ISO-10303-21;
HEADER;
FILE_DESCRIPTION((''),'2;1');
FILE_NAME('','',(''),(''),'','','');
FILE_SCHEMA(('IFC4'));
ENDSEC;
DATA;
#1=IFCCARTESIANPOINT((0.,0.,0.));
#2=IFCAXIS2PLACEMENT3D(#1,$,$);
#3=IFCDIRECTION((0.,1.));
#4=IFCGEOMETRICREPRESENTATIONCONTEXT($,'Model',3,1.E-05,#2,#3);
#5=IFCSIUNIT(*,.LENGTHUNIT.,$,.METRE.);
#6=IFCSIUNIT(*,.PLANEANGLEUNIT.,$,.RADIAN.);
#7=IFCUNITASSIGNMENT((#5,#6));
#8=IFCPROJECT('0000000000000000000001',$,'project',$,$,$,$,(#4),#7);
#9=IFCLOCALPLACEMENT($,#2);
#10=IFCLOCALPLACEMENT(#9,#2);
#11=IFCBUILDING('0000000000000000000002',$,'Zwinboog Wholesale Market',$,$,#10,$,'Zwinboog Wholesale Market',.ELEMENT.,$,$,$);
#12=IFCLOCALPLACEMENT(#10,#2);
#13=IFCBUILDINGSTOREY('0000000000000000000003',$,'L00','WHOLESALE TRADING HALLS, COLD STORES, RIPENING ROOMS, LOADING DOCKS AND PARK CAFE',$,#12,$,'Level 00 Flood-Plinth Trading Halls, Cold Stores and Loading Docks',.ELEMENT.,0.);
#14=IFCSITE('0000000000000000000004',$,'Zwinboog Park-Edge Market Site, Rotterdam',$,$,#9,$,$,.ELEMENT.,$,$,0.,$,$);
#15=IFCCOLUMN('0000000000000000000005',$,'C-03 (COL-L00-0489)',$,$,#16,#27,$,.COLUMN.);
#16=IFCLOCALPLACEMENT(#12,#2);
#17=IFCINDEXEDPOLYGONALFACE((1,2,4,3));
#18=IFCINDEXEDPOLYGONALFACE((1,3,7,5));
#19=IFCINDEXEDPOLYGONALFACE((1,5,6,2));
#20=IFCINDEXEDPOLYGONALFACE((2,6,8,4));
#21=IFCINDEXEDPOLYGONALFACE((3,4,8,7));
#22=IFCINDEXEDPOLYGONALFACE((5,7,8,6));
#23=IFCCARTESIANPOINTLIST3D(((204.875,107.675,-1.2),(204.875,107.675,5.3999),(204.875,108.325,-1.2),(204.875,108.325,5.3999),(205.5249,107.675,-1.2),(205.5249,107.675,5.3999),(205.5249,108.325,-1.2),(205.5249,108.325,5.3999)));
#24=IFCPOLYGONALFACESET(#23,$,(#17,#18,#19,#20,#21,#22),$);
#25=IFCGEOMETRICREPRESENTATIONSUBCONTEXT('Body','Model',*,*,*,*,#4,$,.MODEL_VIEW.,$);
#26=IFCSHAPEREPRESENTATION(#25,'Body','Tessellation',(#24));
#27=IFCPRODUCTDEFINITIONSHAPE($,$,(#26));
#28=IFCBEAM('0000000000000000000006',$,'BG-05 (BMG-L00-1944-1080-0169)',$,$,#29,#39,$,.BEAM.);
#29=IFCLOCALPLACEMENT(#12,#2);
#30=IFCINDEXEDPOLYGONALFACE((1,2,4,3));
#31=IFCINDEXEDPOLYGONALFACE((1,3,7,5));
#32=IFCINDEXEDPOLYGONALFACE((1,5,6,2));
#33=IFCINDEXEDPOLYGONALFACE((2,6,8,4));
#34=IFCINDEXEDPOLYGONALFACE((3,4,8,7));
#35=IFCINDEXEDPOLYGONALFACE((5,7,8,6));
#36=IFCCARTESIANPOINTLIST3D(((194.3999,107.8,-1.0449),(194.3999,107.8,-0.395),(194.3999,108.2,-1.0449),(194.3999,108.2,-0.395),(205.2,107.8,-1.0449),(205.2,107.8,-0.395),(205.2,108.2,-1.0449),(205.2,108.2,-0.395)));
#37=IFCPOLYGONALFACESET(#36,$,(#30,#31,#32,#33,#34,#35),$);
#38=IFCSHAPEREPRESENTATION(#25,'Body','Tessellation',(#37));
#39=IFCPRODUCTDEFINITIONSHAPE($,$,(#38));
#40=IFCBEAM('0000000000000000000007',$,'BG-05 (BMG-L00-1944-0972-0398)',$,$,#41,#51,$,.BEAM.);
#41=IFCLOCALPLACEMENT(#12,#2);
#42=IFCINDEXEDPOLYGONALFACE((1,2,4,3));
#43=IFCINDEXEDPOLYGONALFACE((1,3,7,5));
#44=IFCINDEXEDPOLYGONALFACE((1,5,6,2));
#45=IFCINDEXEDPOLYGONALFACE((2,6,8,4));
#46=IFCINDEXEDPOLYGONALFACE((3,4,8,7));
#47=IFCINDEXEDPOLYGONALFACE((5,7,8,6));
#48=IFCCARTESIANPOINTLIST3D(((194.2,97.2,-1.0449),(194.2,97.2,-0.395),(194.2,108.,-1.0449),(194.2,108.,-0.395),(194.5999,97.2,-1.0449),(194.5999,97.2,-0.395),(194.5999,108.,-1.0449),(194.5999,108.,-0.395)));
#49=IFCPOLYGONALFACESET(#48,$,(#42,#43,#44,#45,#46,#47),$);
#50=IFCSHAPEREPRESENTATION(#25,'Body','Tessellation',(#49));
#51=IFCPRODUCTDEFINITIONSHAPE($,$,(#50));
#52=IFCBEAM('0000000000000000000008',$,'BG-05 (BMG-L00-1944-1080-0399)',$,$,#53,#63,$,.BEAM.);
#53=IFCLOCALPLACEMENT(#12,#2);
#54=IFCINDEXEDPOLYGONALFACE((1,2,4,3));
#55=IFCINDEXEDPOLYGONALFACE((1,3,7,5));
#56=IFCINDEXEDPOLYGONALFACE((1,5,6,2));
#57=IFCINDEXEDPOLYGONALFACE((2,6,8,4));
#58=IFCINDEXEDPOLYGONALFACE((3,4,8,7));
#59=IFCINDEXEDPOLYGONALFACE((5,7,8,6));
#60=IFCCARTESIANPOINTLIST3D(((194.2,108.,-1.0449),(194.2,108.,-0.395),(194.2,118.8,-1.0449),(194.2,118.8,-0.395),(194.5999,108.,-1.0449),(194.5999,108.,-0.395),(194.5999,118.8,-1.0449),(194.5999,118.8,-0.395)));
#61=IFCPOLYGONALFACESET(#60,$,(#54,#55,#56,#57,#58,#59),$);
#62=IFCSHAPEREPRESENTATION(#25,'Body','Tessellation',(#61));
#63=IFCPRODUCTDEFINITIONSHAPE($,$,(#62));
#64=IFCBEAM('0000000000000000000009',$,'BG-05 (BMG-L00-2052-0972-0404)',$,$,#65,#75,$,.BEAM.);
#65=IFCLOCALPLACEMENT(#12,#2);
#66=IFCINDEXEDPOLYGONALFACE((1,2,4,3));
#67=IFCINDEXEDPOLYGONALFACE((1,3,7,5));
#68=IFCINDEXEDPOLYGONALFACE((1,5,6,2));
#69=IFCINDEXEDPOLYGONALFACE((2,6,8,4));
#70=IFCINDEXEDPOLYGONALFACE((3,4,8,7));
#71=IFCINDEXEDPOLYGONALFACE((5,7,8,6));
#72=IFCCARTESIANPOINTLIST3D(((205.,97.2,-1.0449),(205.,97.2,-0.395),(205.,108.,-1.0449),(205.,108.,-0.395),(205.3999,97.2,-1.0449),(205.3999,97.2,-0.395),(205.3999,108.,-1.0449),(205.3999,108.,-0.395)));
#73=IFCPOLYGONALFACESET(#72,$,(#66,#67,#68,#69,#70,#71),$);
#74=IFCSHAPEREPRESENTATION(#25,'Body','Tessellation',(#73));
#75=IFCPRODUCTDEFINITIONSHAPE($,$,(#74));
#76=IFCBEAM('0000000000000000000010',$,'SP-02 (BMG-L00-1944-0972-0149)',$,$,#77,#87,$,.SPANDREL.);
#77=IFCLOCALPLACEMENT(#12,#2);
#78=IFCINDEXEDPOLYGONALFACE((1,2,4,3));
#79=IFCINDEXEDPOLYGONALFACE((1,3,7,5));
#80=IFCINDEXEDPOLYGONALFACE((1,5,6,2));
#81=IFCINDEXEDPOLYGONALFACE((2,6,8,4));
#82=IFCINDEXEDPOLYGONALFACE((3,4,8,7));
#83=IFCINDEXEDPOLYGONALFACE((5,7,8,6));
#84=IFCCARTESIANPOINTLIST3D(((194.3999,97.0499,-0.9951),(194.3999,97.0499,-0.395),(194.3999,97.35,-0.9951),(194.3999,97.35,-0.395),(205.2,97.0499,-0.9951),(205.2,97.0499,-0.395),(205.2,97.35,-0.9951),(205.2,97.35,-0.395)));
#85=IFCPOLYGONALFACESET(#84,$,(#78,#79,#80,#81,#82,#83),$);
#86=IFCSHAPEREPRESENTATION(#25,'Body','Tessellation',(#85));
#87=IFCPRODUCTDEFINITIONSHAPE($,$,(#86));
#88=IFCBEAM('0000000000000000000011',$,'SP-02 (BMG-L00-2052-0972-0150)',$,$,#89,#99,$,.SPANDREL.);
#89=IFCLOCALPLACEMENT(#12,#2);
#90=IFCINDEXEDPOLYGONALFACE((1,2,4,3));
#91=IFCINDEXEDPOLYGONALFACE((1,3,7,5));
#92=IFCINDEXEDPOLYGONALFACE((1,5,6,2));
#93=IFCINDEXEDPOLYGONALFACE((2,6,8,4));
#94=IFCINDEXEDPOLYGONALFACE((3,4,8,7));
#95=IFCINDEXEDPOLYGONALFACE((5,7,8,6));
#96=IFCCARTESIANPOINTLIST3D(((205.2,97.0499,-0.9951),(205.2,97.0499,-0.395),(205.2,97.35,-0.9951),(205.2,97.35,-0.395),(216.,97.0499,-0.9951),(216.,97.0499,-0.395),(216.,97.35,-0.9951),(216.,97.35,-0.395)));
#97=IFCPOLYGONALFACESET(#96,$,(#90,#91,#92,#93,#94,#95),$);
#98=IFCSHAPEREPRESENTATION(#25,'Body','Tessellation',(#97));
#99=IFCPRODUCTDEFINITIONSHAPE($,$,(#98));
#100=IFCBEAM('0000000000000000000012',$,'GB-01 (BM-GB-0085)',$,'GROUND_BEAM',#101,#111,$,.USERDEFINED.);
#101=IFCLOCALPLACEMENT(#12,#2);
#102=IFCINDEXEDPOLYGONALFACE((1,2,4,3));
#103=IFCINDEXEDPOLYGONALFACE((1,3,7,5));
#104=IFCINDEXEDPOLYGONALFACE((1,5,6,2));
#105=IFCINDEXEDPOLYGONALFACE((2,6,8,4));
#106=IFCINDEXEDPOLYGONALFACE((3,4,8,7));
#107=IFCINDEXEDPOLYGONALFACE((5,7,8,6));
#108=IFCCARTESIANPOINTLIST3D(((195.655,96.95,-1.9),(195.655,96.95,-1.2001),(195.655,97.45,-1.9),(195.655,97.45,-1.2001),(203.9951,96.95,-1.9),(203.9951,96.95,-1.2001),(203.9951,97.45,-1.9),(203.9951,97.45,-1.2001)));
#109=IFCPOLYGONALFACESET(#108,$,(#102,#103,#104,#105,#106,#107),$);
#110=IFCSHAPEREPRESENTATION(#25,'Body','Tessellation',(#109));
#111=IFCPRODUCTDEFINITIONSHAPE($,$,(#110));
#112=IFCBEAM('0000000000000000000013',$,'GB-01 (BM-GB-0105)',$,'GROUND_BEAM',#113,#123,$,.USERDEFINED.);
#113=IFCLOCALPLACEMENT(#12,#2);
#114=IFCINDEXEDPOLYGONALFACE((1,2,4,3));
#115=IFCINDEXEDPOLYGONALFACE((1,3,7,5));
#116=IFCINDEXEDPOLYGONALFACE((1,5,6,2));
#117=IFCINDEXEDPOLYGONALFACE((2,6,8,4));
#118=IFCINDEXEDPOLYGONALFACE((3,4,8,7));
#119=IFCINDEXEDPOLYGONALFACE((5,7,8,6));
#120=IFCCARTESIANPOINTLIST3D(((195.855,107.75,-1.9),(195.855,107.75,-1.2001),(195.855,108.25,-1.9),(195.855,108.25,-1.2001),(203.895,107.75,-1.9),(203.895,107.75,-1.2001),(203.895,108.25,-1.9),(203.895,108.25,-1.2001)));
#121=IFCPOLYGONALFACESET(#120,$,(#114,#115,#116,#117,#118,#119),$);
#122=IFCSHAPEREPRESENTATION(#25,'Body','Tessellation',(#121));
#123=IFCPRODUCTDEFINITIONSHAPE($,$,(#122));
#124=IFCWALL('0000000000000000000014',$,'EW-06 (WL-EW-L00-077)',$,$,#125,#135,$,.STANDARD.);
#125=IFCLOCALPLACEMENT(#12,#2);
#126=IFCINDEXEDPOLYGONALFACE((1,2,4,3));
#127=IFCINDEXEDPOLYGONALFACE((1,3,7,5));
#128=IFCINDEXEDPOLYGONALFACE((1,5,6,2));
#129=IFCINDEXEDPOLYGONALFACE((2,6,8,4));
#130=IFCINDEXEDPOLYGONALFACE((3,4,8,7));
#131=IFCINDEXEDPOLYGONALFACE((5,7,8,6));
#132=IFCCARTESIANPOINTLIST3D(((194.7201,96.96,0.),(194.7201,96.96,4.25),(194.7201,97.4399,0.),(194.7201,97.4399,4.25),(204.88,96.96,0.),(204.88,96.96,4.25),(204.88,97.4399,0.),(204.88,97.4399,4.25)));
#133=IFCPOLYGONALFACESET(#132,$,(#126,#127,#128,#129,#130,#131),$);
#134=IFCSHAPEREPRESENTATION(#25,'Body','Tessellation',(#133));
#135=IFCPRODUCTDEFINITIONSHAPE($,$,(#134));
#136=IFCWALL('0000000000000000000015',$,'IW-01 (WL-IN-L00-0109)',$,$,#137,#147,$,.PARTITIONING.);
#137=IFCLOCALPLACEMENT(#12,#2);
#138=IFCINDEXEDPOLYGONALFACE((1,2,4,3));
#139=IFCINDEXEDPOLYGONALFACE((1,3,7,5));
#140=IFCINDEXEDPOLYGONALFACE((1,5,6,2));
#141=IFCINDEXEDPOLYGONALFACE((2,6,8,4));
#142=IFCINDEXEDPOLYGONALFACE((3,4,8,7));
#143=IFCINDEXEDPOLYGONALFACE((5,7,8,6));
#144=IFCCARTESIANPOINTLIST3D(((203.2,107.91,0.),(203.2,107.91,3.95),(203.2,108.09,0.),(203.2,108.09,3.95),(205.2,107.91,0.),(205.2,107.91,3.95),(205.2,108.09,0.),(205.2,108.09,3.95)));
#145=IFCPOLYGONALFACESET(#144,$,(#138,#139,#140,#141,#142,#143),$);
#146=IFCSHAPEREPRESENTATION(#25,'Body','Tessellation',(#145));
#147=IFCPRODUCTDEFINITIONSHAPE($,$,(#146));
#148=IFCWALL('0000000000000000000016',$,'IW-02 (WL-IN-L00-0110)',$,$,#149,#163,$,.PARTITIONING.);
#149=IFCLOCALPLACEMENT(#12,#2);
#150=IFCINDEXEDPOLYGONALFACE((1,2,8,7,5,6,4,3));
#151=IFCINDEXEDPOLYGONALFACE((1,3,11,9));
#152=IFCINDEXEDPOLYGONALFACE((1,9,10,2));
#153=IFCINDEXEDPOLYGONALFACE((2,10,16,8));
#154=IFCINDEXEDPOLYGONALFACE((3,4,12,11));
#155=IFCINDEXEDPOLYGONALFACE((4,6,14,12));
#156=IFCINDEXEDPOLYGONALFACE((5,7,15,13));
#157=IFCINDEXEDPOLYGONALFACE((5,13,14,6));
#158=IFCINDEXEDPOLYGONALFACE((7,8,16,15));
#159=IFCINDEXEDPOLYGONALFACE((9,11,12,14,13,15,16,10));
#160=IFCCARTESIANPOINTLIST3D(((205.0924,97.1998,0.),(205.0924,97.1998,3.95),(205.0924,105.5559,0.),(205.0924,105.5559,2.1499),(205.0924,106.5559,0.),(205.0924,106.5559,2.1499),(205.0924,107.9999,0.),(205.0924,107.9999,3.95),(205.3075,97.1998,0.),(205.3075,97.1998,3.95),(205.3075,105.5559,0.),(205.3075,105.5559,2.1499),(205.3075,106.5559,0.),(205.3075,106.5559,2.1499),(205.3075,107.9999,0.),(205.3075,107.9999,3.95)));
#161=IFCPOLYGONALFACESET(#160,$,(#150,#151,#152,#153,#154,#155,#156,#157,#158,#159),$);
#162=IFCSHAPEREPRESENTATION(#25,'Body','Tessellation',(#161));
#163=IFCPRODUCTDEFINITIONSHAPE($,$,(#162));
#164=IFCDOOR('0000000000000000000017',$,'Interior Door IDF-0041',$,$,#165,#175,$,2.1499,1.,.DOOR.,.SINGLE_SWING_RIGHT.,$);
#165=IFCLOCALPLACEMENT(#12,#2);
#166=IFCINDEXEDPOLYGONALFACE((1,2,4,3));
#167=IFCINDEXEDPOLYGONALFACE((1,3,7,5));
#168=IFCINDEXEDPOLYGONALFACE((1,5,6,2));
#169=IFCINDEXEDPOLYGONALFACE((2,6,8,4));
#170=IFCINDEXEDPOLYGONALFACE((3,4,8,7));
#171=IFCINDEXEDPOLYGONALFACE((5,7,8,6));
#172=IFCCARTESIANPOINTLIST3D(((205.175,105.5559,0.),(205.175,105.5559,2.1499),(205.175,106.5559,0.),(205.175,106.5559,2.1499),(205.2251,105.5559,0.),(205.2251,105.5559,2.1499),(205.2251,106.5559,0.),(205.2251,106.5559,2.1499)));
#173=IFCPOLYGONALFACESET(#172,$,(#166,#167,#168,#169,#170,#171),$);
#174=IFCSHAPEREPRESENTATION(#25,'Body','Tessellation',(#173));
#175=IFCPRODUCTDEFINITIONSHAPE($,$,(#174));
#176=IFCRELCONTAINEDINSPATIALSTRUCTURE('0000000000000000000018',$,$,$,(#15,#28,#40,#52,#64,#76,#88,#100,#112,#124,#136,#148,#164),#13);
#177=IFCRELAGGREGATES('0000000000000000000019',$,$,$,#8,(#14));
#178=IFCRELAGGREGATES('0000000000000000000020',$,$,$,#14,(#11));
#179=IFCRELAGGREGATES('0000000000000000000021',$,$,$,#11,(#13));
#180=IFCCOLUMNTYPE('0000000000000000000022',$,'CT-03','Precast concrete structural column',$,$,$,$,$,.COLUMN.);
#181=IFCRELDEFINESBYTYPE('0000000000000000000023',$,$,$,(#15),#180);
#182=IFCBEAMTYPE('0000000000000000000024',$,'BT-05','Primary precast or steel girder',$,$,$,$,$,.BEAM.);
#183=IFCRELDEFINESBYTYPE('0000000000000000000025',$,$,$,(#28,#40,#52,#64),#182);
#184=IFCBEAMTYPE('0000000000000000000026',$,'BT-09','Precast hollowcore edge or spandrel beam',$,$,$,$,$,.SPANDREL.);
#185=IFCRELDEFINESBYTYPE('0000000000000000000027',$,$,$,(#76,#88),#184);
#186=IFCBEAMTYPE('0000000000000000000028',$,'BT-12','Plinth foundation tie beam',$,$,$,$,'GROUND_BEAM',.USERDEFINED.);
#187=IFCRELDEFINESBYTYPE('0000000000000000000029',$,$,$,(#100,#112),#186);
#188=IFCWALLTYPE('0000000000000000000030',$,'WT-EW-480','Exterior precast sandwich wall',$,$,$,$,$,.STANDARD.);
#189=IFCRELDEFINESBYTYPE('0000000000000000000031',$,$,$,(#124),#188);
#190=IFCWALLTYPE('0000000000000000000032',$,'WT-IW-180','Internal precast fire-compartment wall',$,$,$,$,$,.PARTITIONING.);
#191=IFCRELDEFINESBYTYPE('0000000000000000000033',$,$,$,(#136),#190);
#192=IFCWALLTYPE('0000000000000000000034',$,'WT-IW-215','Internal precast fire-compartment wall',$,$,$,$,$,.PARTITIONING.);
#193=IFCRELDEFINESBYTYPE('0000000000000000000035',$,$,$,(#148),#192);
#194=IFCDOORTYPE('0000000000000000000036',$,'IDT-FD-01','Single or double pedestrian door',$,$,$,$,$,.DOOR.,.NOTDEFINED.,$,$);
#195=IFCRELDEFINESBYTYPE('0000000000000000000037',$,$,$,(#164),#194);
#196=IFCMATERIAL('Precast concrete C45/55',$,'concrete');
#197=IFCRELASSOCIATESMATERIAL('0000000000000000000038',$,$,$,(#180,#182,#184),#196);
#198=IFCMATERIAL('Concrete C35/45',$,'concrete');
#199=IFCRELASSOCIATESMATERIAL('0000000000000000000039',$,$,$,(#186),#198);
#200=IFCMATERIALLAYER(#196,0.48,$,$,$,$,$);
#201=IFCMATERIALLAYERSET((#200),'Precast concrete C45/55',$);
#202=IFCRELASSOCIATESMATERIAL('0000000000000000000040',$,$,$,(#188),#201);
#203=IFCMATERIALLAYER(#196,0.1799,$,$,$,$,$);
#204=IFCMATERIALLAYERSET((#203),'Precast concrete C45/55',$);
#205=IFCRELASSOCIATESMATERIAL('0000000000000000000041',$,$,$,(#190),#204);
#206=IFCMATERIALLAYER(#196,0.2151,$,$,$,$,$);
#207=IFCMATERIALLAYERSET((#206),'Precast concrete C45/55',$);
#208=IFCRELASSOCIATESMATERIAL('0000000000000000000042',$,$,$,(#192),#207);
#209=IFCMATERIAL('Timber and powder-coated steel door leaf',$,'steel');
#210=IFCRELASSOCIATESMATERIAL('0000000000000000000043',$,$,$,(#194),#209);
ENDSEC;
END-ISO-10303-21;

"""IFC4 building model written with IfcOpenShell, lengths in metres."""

from ifc_helpers import new_model, si_unit, direction, frame, frame_2d, origin, origin_2d, place, context, subcontext, project, spatial, rectangle, extrude, material, layer, layer_set, material_profile, profile_set, type_object, element, fill, save


model = new_model("IFC4")

# Units and contexts
model_context = context("Model", 3, precision=1e-05, world=origin(), true_north=direction((0.0, 1.0)))
body_context = subcontext(model_context, "Body", "Model", "MODEL_VIEW")
ifc_project = project(units=[si_unit("LENGTHUNIT", "METRE"), si_unit("PLANEANGLEUNIT", "RADIAN")], contexts=[model_context])

# Site, building, storey
site_placement = place(None, origin())
site = spatial("IfcSite", under=ifc_project, at=site_placement, Name="Zwinboog Park-Edge Market Site, Rotterdam", CompositionType="ELEMENT", RefElevation=0.0)
building_placement = place(site_placement, origin())
building = spatial("IfcBuilding", under=site, at=building_placement, Name="Zwinboog Wholesale Market", LongName="Zwinboog Wholesale Market", CompositionType="ELEMENT")
storey_placement = place(building_placement, origin())
storey = spatial("IfcBuildingStorey", under=building, at=storey_placement, Name="L00", Description="WHOLESALE TRADING HALLS, COLD STORES, RIPENING ROOMS, LOADING DOCKS AND PARK CAFE", LongName="Level 00 Flood-Plinth Trading Halls, Cold Stores and Loading Docks", CompositionType="ELEMENT", Elevation=0.0)

# Shared definitions
ifc_material_1 = material(Name="Concrete C35/45", Category="concrete")

# Column
ifc_material_2 = material(Name="Precast concrete C45/55", Category="concrete")
ifc_material_profile_1 = material_profile(ifc_material_2, rectangle(XDim=0.6499, YDim=0.6499, at=origin_2d()), Name="PC 650x650")
ifc_profile_set_1 = profile_set([ifc_material_profile_1], Name="Precast concrete C45/55")
column_type = type_object("IfcColumnType", Name="CT-03", Description="Precast concrete structural column", PredefinedType="COLUMN", material=ifc_profile_set_1)
for number, where, z_axis, x_axis, name in (
    (1, (205.2, 108.0, -1.2), (0.0, 0.0, 1.0), (1.0, 0.0, 0.0), "C-03 (COL-L00-0489)"),
):
    element("IfcColumn", number, at=place(storey_placement, frame(where, z_axis=z_axis, x_axis=x_axis)), inside=storey, type_object=column_type, Name=name, PredefinedType="COLUMN", context=body_context, shape_type="SweptSolid", body=[
        extrude(rectangle(XDim=0.6499, YDim=0.6499, at=origin_2d()), origin(), (0.0, 0.0, 1.0), 6.5999),
    ])

# Beams
ifc_material_profile_2 = material_profile(ifc_material_2, rectangle(XDim=0.3999, YDim=0.6499, at=origin_2d()), Name="PC 400x650")
ifc_profile_set_2 = profile_set([ifc_material_profile_2], Name="Precast concrete C45/55")
beam_type_1 = type_object("IfcBeamType", Name="BT-05", Description="Primary precast or steel girder", PredefinedType="BEAM", material=ifc_profile_set_2)
for number, where, z_axis, x_axis, name in (
    (2, (194.3999, 108.0, -0.72), (1.0, 0.0, 0.0), (0.0, 1.0, 0.0), "BG-05 (BMG-L00-1944-1080-0169)"),
    (3, (194.3999, 97.2, -0.72), (0.0, 1.0, 0.0), (-1.0, 0.0, 0.0), "BG-05 (BMG-L00-1944-0972-0398)"),
    (4, (194.3999, 108.0, -0.72), (0.0, 1.0, 0.0), (-1.0, 0.0, 0.0), "BG-05 (BMG-L00-1944-1080-0399)"),
    (5, (205.2, 97.2, -0.72), (0.0, 1.0, 0.0), (-1.0, 0.0, 0.0), "BG-05 (BMG-L00-2052-0972-0404)"),
):
    element("IfcBeam", number, at=place(storey_placement, frame(where, z_axis=z_axis, x_axis=x_axis)), inside=storey, type_object=beam_type_1, Name=name, PredefinedType="BEAM", context=body_context, shape_type="SweptSolid", body=[
        extrude(rectangle(XDim=0.3999, YDim=0.6499, at=origin_2d()), origin(), (0.0, 0.0, 1.0), 10.8),
    ])
ifc_material_profile_3 = material_profile(ifc_material_2, rectangle(XDim=0.3, YDim=0.6001, at=origin_2d()), Name="PC 300x600")
ifc_profile_set_3 = profile_set([ifc_material_profile_3], Name="Precast concrete C45/55")
beam_type_2 = type_object("IfcBeamType", Name="BT-09", Description="Precast hollowcore edge or spandrel beam", PredefinedType="SPANDREL", material=ifc_profile_set_3)
for number, where, z_axis, x_axis, name in (
    (6, (194.3999, 97.2, -0.6951), (1.0, 0.0, 0.0), (0.0, 1.0, 0.0), "SP-02 (BMG-L00-1944-0972-0149)"),
    (7, (205.2, 97.2, -0.6951), (1.0, 0.0, 0.0), (0.0, 1.0, 0.0), "SP-02 (BMG-L00-2052-0972-0150)"),
):
    element("IfcBeam", number, at=place(storey_placement, frame(where, z_axis=z_axis, x_axis=x_axis)), inside=storey, type_object=beam_type_2, Name=name, PredefinedType="SPANDREL", context=body_context, shape_type="SweptSolid", body=[
        extrude(rectangle(XDim=0.3, YDim=0.6001, at=origin_2d()), origin(), (0.0, 0.0, 1.0), 10.8),
    ])
ifc_material_profile_4 = material_profile(ifc_material_1, rectangle(XDim=0.5, YDim=0.7, at=origin_2d()), Name="RC 500x700")
ifc_profile_set_4 = profile_set([ifc_material_profile_4], Name="Concrete C35/45")
beam_type_3 = type_object("IfcBeamType", Name="BT-12", Description="Plinth foundation tie beam", ElementType="GROUND_BEAM", PredefinedType="USERDEFINED", material=ifc_profile_set_4)
beam_1_placement = place(storey_placement, frame((195.655, 97.2, -1.55), z_axis=(1.0, 0.0, 0.0), x_axis=(0.0, 1.0, 0.0)))
element("IfcBeam", 8, at=beam_1_placement, inside=storey, type_object=beam_type_3, Name="GB-01 (BM-GB-0085)", ObjectType="GROUND_BEAM", PredefinedType="USERDEFINED", context=body_context, shape_type="SweptSolid", body=[
    extrude(rectangle(XDim=0.5, YDim=0.7, at=origin_2d()), origin(), (0.0, 0.0, 1.0), 8.3401),
])
beam_2_placement = place(storey_placement, frame((195.855, 108.0, -1.55), z_axis=(1.0, 0.0, 0.0), x_axis=(0.0, 1.0, 0.0)))
element("IfcBeam", 9, at=beam_2_placement, inside=storey, type_object=beam_type_3, Name="GB-01 (BM-GB-0105)", ObjectType="GROUND_BEAM", PredefinedType="USERDEFINED", context=body_context, shape_type="SweptSolid", body=[
    extrude(rectangle(XDim=0.5, YDim=0.7, at=origin_2d()), origin(), (0.0, 0.0, 1.0), 8.04),
])

# Walls
ifc_layer_1 = layer(ifc_material_2, 0.48)
ifc_layer_set_1 = layer_set([ifc_layer_1], Name="Precast concrete C45/55")
wall_type_1 = type_object("IfcWallType", Name="WT-EW-480", Description="Exterior precast sandwich wall", PredefinedType="STANDARD", material=ifc_layer_set_1)
wall_1_placement = place(storey_placement, frame((194.72, 97.2, 0.0), z_axis=(0.0, 0.0, 1.0), x_axis=(1.0, 0.0, 0.0)))
element("IfcWall", 10, at=wall_1_placement, inside=storey, type_object=wall_type_1, Name="EW-06 (WL-EW-L00-077)", PredefinedType="STANDARD", context=body_context, shape_type="SweptSolid", body=[
    extrude(rectangle(XDim=10.1599, YDim=0.48, at=frame_2d((5.0801, 0.0))), origin(), (0.0, 0.0, 1.0), 4.25),
])
ifc_layer_2 = layer(ifc_material_2, 0.1799)
ifc_layer_set_2 = layer_set([ifc_layer_2], Name="Precast concrete C45/55")
wall_type_2 = type_object("IfcWallType", Name="WT-IW-180", Description="Internal precast fire-compartment wall", PredefinedType="PARTITIONING", material=ifc_layer_set_2)
wall_2_placement = place(storey_placement, frame((203.2, 108.0, 0.0), z_axis=(0.0, 0.0, 1.0), x_axis=(1.0, 0.0, 0.0)))
element("IfcWall", 11, at=wall_2_placement, inside=storey, type_object=wall_type_2, Name="IW-01 (WL-IN-L00-0109)", PredefinedType="PARTITIONING", context=body_context, shape_type="SweptSolid", body=[
    extrude(rectangle(XDim=2.0, YDim=0.1799, at=frame_2d((1.0, 0.0))), origin(), (0.0, 0.0, 1.0), 3.95),
])

# Wall, opening, door
ifc_layer_3 = layer(ifc_material_2, 0.2151)
ifc_layer_set_3 = layer_set([ifc_layer_3], Name="Precast concrete C45/55")
wall_type_3 = type_object("IfcWallType", Name="WT-IW-215", Description="Internal precast fire-compartment wall", PredefinedType="PARTITIONING", material=ifc_layer_set_3)
wall_3_placement = place(storey_placement, frame((205.2, 97.2, 0.0), z_axis=(0.0, 0.0, 1.0), x_axis=(0.0, 1.0, 0.0)))
wall_3 = element("IfcWall", 12, at=wall_3_placement, inside=storey, type_object=wall_type_3, Name="IW-02 (WL-IN-L00-0110)", PredefinedType="PARTITIONING", context=body_context, shape_type="SweptSolid", body=[
    extrude(rectangle(XDim=10.8, YDim=0.2151, at=frame_2d((5.3999, 0.0))), origin(), (0.0, 0.0, 1.0), 3.95),
])
opening_placement = place(wall_3_placement, frame((8.356, 0.0, 0.0)))
opening = element("IfcOpeningElement", 13, at=opening_placement, cuts=wall_3, PredefinedType="OPENING", context=body_context, shape_type="SweptSolid", body=[
    extrude(rectangle(XDim=1.0, YDim=2.1499, at=frame_2d((0.5, 1.075))), frame((0.0, 0.1174, 0.0), z_axis=(0.0, -1.0, 0.0), x_axis=(1.0, 0.0, 0.0)), (0.0, 0.0, 1.0), 0.2351),
])
ifc_material_3 = material(Name="Timber and powder-coated steel door leaf", Category="steel")
door_type = type_object("IfcDoorType", Name="IDT-FD-01", Description="Single or double pedestrian door", OperationType="NOTDEFINED", PredefinedType="DOOR", material=ifc_material_3)
door_placement = place(opening_placement, origin())
door = element("IfcDoor", 14, at=door_placement, inside=storey, type_object=door_type, Name="Interior Door IDF-0041", OperationType="SINGLE_SWING_RIGHT", OverallHeight=2.1499, OverallWidth=1.0, PredefinedType="DOOR", context=body_context, shape_type="SweptSolid", body=[
    extrude(rectangle(XDim=1.0, YDim=2.1499, at=frame_2d((0.5, 1.075))), frame((0.0, 0.0249, 0.0), z_axis=(0.0, -1.0, 0.0), x_axis=(1.0, 0.0, 0.0)), (0.0, 0.0, 1.0), 0.05),
])
fill(opening, door)

save(model, "model.ifc")
